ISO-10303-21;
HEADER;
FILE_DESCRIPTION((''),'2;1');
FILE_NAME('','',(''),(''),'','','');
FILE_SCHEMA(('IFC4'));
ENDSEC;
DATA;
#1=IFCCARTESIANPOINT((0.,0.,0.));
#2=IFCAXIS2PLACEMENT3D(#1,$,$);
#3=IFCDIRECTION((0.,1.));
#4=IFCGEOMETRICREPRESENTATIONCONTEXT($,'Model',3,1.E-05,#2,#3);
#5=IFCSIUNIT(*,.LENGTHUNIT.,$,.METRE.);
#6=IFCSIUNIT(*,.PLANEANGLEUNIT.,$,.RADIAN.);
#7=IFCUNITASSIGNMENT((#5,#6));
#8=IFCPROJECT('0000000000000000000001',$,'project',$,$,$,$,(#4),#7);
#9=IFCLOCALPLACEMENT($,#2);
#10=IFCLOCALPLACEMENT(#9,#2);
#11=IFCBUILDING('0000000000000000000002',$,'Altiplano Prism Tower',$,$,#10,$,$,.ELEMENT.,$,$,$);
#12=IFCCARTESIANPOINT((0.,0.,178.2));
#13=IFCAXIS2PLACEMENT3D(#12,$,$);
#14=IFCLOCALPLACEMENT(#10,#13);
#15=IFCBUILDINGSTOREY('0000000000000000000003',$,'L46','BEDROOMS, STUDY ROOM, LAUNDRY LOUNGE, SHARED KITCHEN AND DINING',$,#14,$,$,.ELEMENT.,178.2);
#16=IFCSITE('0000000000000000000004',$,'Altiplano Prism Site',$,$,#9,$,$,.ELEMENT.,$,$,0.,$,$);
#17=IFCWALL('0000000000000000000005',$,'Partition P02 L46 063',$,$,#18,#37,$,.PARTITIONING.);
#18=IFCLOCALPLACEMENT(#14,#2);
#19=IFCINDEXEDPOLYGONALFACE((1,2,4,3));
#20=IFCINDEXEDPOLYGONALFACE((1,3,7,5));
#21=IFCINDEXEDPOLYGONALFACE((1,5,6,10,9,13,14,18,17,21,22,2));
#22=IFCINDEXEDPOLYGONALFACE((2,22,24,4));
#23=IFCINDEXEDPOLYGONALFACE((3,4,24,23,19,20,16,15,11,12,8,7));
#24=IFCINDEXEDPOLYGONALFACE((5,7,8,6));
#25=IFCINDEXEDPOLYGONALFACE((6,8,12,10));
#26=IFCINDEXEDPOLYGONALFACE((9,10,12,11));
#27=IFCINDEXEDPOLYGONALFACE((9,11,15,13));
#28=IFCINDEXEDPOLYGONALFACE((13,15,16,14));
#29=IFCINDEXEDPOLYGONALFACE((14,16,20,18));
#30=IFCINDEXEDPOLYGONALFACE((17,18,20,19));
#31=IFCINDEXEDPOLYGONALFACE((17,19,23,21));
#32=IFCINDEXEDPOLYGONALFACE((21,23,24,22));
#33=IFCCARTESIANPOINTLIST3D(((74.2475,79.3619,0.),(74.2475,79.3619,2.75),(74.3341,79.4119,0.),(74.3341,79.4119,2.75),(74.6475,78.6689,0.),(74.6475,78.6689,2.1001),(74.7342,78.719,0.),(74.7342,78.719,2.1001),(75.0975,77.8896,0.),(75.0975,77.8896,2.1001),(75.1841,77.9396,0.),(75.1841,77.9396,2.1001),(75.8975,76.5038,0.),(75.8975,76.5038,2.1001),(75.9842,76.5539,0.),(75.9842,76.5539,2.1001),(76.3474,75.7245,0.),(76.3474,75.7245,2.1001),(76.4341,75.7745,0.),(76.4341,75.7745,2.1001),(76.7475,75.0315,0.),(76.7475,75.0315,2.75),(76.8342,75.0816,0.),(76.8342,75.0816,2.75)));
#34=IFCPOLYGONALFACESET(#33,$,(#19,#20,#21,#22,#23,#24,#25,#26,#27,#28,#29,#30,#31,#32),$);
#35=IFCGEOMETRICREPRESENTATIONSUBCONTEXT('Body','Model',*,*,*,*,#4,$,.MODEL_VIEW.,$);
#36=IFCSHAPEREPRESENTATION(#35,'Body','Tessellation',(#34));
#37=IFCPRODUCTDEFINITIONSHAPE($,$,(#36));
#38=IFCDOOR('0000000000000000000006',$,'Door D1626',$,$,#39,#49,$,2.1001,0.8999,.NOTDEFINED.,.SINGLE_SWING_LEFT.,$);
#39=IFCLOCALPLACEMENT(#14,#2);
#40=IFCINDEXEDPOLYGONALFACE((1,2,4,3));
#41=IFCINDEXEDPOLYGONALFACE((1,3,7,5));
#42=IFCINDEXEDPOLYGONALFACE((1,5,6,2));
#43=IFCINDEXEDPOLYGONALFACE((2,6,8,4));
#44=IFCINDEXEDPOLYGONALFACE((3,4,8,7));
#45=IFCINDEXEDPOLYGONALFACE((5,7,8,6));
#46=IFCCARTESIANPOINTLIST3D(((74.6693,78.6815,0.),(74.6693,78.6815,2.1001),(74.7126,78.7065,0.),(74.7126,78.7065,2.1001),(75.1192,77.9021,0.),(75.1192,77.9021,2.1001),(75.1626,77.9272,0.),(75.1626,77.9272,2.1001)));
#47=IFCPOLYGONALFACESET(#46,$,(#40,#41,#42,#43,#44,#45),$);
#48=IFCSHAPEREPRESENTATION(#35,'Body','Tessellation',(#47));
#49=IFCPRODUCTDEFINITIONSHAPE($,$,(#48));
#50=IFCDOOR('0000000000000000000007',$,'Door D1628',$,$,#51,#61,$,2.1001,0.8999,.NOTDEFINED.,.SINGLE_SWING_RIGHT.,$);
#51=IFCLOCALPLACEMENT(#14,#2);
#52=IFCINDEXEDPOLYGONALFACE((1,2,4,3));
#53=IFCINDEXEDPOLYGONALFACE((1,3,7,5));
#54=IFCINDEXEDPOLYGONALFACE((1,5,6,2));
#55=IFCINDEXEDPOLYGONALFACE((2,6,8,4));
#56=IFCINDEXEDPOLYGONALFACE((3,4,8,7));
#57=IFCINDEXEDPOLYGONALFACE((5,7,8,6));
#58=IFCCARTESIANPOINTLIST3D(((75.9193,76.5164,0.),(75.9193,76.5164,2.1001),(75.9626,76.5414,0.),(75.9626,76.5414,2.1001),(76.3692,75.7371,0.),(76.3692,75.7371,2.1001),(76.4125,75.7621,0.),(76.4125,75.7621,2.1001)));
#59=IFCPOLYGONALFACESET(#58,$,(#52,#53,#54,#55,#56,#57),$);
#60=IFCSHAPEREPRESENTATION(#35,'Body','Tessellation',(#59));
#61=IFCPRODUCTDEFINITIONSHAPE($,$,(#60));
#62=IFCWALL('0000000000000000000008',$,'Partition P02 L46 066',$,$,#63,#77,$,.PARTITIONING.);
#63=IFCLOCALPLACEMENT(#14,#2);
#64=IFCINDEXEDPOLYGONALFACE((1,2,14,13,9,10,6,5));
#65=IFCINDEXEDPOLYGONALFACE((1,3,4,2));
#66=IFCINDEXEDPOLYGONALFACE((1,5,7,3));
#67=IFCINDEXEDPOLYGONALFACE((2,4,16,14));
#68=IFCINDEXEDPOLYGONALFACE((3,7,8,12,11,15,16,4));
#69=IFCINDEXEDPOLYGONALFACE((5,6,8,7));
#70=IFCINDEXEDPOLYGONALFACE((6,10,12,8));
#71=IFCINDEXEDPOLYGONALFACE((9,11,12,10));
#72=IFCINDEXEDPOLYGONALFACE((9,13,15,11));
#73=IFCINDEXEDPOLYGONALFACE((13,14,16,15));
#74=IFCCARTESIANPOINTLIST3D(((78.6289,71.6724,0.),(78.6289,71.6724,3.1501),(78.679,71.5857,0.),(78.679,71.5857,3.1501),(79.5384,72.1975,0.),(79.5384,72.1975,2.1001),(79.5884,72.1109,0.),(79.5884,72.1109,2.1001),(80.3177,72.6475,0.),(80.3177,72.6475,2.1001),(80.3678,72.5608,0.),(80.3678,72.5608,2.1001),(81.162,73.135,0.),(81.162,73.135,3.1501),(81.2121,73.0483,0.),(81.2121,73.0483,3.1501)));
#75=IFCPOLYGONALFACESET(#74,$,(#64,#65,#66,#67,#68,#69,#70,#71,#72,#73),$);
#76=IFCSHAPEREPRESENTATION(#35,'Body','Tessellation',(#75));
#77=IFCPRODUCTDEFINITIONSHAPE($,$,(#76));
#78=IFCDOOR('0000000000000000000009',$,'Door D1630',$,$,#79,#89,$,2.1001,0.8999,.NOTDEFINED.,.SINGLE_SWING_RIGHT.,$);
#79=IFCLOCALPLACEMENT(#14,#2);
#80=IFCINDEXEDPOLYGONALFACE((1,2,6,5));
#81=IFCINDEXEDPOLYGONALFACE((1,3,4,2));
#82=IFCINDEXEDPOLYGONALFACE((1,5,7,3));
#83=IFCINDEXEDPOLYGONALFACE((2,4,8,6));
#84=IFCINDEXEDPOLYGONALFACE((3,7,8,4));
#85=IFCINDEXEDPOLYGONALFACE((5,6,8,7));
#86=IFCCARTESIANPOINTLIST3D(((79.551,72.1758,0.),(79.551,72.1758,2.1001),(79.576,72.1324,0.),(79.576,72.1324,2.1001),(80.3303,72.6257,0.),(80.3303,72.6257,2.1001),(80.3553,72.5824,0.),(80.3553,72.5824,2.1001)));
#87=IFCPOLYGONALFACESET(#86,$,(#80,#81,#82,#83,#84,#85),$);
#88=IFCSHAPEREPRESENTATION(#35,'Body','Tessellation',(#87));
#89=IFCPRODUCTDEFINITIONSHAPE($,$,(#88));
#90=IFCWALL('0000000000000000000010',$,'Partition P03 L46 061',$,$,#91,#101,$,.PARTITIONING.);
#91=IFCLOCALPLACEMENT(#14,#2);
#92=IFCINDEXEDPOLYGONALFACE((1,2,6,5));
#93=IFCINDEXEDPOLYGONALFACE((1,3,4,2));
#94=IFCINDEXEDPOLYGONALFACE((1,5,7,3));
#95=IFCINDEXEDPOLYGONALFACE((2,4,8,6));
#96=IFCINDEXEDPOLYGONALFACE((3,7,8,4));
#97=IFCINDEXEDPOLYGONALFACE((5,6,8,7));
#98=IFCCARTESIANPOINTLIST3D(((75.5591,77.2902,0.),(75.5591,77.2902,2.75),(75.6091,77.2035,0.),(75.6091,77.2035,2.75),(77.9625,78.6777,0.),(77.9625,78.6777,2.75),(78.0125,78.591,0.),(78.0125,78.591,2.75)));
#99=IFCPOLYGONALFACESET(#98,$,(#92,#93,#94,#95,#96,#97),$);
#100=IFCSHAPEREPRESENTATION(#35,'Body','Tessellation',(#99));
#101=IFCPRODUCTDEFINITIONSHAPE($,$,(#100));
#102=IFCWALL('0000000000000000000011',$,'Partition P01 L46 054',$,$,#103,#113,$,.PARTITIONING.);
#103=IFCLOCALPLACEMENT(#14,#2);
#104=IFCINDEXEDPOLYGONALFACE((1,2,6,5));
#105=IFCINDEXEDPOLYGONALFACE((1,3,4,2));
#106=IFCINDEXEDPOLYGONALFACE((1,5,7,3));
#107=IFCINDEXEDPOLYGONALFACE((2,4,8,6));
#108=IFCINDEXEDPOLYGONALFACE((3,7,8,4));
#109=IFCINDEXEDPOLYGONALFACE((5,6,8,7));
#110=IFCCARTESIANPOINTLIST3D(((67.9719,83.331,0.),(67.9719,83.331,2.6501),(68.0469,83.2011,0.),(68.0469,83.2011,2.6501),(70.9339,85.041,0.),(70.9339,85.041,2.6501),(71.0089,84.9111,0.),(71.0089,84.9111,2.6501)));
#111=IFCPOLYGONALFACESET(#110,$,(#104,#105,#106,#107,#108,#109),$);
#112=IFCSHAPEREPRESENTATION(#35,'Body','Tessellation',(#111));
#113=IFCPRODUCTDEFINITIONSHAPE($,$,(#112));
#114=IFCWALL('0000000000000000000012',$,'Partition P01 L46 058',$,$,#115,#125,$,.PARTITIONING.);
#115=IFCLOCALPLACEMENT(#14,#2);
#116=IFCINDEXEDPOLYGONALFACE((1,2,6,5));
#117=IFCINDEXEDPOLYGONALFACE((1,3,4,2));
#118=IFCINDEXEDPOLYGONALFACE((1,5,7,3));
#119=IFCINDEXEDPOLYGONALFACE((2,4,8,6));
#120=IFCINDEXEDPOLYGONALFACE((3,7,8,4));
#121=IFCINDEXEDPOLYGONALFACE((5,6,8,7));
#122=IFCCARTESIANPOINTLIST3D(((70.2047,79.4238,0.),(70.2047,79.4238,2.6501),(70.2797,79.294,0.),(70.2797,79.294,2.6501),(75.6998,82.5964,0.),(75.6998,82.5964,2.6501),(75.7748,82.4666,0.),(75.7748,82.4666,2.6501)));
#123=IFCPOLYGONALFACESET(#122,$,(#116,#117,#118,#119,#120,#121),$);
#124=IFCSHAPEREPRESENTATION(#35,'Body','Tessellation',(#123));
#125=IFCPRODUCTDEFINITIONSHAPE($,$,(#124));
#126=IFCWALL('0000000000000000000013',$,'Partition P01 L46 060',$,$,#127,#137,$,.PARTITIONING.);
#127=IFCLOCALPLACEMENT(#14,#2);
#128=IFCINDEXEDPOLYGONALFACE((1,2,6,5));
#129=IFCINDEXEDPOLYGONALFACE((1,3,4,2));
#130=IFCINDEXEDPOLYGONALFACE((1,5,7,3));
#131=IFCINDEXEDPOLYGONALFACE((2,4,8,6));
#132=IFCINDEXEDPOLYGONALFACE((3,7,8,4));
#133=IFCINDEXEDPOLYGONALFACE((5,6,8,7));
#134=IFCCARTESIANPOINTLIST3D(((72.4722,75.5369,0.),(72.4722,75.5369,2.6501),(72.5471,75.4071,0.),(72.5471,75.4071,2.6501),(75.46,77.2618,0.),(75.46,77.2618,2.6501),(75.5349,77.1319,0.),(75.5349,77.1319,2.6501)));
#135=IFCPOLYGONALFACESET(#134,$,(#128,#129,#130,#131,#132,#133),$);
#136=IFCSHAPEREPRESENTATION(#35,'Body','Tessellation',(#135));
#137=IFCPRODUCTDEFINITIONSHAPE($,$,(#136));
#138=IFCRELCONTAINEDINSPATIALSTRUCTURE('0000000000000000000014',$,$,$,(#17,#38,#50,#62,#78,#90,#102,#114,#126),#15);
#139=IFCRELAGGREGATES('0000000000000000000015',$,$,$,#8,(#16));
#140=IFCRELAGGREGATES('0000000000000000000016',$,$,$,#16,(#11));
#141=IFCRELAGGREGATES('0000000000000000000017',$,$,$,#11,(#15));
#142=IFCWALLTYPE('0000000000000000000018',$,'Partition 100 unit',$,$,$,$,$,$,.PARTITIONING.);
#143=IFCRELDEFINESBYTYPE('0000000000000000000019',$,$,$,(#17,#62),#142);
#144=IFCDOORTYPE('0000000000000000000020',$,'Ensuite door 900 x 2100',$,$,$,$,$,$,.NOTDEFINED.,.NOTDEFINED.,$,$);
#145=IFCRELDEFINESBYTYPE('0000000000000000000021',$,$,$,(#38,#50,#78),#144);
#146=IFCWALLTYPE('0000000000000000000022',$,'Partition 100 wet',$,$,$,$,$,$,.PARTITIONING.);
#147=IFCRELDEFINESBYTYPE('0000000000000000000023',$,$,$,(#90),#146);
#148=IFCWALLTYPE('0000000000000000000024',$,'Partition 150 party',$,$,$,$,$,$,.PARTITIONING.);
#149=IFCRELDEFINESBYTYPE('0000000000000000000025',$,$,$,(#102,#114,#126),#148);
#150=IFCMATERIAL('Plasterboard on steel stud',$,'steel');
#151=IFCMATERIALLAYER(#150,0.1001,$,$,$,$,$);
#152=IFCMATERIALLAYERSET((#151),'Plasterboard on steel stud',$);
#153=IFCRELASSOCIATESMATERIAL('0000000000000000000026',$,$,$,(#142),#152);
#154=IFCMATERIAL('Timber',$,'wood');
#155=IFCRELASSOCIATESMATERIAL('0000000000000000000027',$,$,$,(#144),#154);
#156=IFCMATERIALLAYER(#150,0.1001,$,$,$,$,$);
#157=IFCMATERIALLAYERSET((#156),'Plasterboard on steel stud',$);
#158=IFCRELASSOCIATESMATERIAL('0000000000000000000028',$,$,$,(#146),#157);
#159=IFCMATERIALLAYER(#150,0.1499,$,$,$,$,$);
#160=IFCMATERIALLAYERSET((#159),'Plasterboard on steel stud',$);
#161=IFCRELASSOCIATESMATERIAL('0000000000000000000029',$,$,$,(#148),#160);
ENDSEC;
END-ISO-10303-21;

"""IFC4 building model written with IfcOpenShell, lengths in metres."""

from ifc_helpers import new_model, si_unit, direction, frame, frame_2d, origin, place, context, subcontext, project, spatial, rectangle, extrude, material, layer, layer_set, type_object, element, fill, save


model = new_model("IFC4")

# Units and contexts
model_context = context("Model", 3, precision=1e-05, world=origin(), true_north=direction((0.0, 1.0)))
body_context = subcontext(model_context, "Body", "Model", "MODEL_VIEW")
ifc_project = project(units=[si_unit("LENGTHUNIT", "METRE"), si_unit("PLANEANGLEUNIT", "RADIAN")], contexts=[model_context])

# Site, building, storey
site_placement = place(None, origin())
site = spatial("IfcSite", under=ifc_project, at=site_placement, Name="Altiplano Prism Site", CompositionType="ELEMENT", RefElevation=0.0)
building_placement = place(site_placement, origin())
building = spatial("IfcBuilding", under=site, at=building_placement, Name="Altiplano Prism Tower", CompositionType="ELEMENT")
storey_placement = place(building_placement, frame((0.0, 0.0, 178.2)))
storey = spatial("IfcBuildingStorey", under=building, at=storey_placement, Name="L46", Description="BEDROOMS, STUDY ROOM, LAUNDRY LOUNGE, SHARED KITCHEN AND DINING", CompositionType="ELEMENT", Elevation=178.2)

# Shared definitions
ifc_material_1 = material(Name="Plasterboard on steel stud", Category="steel")
ifc_layer_1 = layer(ifc_material_1, 0.1001)
ifc_layer_set_1 = layer_set([ifc_layer_1], Name="Plasterboard on steel stud")
wall_type_1 = type_object("IfcWallType", Name="Partition 100 unit", PredefinedType="PARTITIONING", material=ifc_layer_set_1)

# Wall, openings, doors
wall_1_placement = place(storey_placement, frame((76.7908, 75.0566, 0.0), z_axis=(0.0, 0.0, 1.0), x_axis=(-0.499983, 0.866035, 0.0)))
wall_1 = element("IfcWall", 1, at=wall_1_placement, inside=storey, type_object=wall_type_1, Name="Partition P02 L46 063", PredefinedType="PARTITIONING", context=body_context, shape_type="SweptSolid", body=[
    extrude(rectangle(XDim=5.0002, YDim=0.1001, at=frame_2d((2.5, 0.0))), origin(), (0.0, 0.0, 1.0), 2.75),
])
opening_1_placement = place(wall_1_placement, frame((3.3, 0.0, 0.0)))
opening_1 = element("IfcOpeningElement", 2, at=opening_1_placement, cuts=wall_1, PredefinedType="OPENING", context=body_context, shape_type="SweptSolid", body=[
    extrude(rectangle(XDim=0.8999, YDim=2.1001, at=frame_2d((0.45, 1.05))), frame((0.0, 0.0605, 0.0), z_axis=(0.0, -1.0, 0.0), x_axis=(1.0, 0.0, 0.0)), (0.0, 0.0, 1.0), 0.1211),
])
opening_2_placement = place(wall_1_placement, frame((0.8, 0.0, 0.0)))
opening_2 = element("IfcOpeningElement", 3, at=opening_2_placement, cuts=wall_1, PredefinedType="OPENING", context=body_context, shape_type="SweptSolid", body=[
    extrude(rectangle(XDim=0.8999, YDim=2.1001, at=frame_2d((0.45, 1.05))), frame((0.0, 0.0605, 0.0), z_axis=(0.0, -1.0, 0.0), x_axis=(1.0, 0.0, 0.0)), (0.0, 0.0, 1.0), 0.1211),
])
ifc_material_2 = material(Name="Timber", Category="wood")
door_type = type_object("IfcDoorType", Name="Ensuite door 900 x 2100", OperationType="NOTDEFINED", PredefinedType="NOTDEFINED", material=ifc_material_2)
door_1_placement = place(opening_1_placement, origin())
door_1 = element("IfcDoor", 4, at=door_1_placement, inside=storey, type_object=door_type, Name="Door D1626", OperationType="SINGLE_SWING_LEFT", OverallHeight=2.1001, OverallWidth=0.8999, PredefinedType="NOTDEFINED", context=body_context, shape_type="SweptSolid", body=[
    extrude(rectangle(XDim=0.8999, YDim=2.1001, at=frame_2d((0.45, 1.05))), frame((0.0, 0.0249, 0.0), z_axis=(0.0, -1.0, 0.0), x_axis=(1.0, 0.0, 0.0)), (0.0, 0.0, 1.0), 0.05),
])
fill(opening_1, door_1)
door_2_placement = place(opening_2_placement, origin())
door_2 = element("IfcDoor", 5, at=door_2_placement, inside=storey, type_object=door_type, Name="Door D1628", OperationType="SINGLE_SWING_RIGHT", OverallHeight=2.1001, OverallWidth=0.8999, PredefinedType="NOTDEFINED", context=body_context, shape_type="SweptSolid", body=[
    extrude(rectangle(XDim=0.8999, YDim=2.1001, at=frame_2d((0.45, 1.05))), frame((0.0, 0.0249, 0.0), z_axis=(0.0, -1.0, 0.0), x_axis=(1.0, 0.0, 0.0)), (0.0, 0.0, 1.0), 0.05),
])
fill(opening_2, door_2)

# Wall, opening, door
wall_2_placement = place(storey_placement, frame((78.6541, 71.6292, 0.0), z_axis=(0.0, 0.0, 1.0), x_axis=(0.86601, 0.500026, 0.0)))
wall_2 = element("IfcWall", 6, at=wall_2_placement, inside=storey, type_object=wall_type_1, Name="Partition P02 L46 066", PredefinedType="PARTITIONING", context=body_context, shape_type="SweptSolid", body=[
    extrude(rectangle(XDim=2.925, YDim=0.1001, at=frame_2d((1.4624, 0.0))), origin(), (0.0, 0.0, 1.0), 3.1501),
])
opening_3_placement = place(wall_2_placement, frame((1.05, 0.0, 0.0)))
opening_3 = element("IfcOpeningElement", 7, at=opening_3_placement, cuts=wall_2, PredefinedType="OPENING", context=body_context, shape_type="SweptSolid", body=[
    extrude(rectangle(XDim=0.8999, YDim=2.1001, at=frame_2d((0.45, 1.05))), frame((0.0, 0.0605, 0.0), z_axis=(0.0, -1.0, 0.0), x_axis=(1.0, 0.0, 0.0)), (0.0, 0.0, 1.0), 0.1211),
])
door_3_placement = place(opening_3_placement, origin())
door_3 = element("IfcDoor", 8, at=door_3_placement, inside=storey, type_object=door_type, Name="Door D1630", OperationType="SINGLE_SWING_RIGHT", OverallHeight=2.1001, OverallWidth=0.8999, PredefinedType="NOTDEFINED", context=body_context, shape_type="SweptSolid", body=[
    extrude(rectangle(XDim=0.8999, YDim=2.1001, at=frame_2d((0.45, 1.05))), frame((0.0, 0.0249, 0.0), z_axis=(0.0, -1.0, 0.0), x_axis=(1.0, 0.0, 0.0)), (0.0, 0.0, 1.0), 0.05),
])
fill(opening_3, door_3)

# Walls
ifc_layer_2 = layer(ifc_material_1, 0.1001)
ifc_layer_set_2 = layer_set([ifc_layer_2], Name="Plasterboard on steel stud")
wall_type_2 = type_object("IfcWallType", Name="Partition 100 wet", PredefinedType="PARTITIONING", material=ifc_layer_set_2)
wall_3_placement = place(storey_placement, frame((75.584, 77.2468, 0.0), z_axis=(0.0, 0.0, 1.0), x_axis=(0.866042, 0.499971, 0.0)))
element("IfcWall", 9, at=wall_3_placement, inside=storey, type_object=wall_type_2, Name="Partition P03 L46 061", PredefinedType="PARTITIONING", context=body_context, shape_type="SweptSolid", body=[
    extrude(rectangle(XDim=2.7751, YDim=0.1001, at=frame_2d((1.3877, 0.0))), origin(), (0.0, 0.0, 1.0), 2.75),
])
ifc_layer_3 = layer(ifc_material_1, 0.1499)
ifc_layer_set_3 = layer_set([ifc_layer_3], Name="Plasterboard on steel stud")
wall_type_3 = type_object("IfcWallType", Name="Partition 150 party", PredefinedType="PARTITIONING", material=ifc_layer_set_3)
wall_4_placement = place(storey_placement, frame((68.0095, 83.2661, 0.0), z_axis=(0.0, 0.0, 1.0), x_axis=(0.866038, 0.499978, 0.0)))
element("IfcWall", 10, at=wall_4_placement, inside=storey, type_object=wall_type_3, Name="Partition P01 L46 054", PredefinedType="PARTITIONING", context=body_context, shape_type="SweptSolid", body=[
    extrude(rectangle(XDim=3.4202, YDim=0.1499, at=frame_2d((1.71, 0.0))), origin(), (0.0, 0.0, 1.0), 2.6501),
])
wall_5_placement = place(storey_placement, frame((70.2422, 79.3589, 0.0), z_axis=(0.0, 0.0, 1.0), x_axis=(0.866025, 0.5, 0.0)))
element("IfcWall", 11, at=wall_5_placement, inside=storey, type_object=wall_type_3, Name="Partition P01 L46 058", PredefinedType="PARTITIONING", context=body_context, shape_type="SweptSolid", body=[
    extrude(rectangle(XDim=6.3452, YDim=0.1499, at=frame_2d((3.1726, 0.0))), origin(), (0.0, 0.0, 1.0), 2.6501),
])
wall_6_placement = place(storey_placement, frame((72.5095, 75.4719, 0.0), z_axis=(0.0, 0.0, 1.0), x_axis=(0.866044, 0.499967, 0.0)))
element("IfcWall", 12, at=wall_6_placement, inside=storey, type_object=wall_type_3, Name="Partition P01 L46 060", PredefinedType="PARTITIONING", context=body_context, shape_type="SweptSolid", body=[
    extrude(rectangle(XDim=3.45, YDim=0.1499, at=frame_2d((1.7251, 0.0))), origin(), (0.0, 0.0, 1.0), 2.6501),
])

save(model, "model.ifc")
